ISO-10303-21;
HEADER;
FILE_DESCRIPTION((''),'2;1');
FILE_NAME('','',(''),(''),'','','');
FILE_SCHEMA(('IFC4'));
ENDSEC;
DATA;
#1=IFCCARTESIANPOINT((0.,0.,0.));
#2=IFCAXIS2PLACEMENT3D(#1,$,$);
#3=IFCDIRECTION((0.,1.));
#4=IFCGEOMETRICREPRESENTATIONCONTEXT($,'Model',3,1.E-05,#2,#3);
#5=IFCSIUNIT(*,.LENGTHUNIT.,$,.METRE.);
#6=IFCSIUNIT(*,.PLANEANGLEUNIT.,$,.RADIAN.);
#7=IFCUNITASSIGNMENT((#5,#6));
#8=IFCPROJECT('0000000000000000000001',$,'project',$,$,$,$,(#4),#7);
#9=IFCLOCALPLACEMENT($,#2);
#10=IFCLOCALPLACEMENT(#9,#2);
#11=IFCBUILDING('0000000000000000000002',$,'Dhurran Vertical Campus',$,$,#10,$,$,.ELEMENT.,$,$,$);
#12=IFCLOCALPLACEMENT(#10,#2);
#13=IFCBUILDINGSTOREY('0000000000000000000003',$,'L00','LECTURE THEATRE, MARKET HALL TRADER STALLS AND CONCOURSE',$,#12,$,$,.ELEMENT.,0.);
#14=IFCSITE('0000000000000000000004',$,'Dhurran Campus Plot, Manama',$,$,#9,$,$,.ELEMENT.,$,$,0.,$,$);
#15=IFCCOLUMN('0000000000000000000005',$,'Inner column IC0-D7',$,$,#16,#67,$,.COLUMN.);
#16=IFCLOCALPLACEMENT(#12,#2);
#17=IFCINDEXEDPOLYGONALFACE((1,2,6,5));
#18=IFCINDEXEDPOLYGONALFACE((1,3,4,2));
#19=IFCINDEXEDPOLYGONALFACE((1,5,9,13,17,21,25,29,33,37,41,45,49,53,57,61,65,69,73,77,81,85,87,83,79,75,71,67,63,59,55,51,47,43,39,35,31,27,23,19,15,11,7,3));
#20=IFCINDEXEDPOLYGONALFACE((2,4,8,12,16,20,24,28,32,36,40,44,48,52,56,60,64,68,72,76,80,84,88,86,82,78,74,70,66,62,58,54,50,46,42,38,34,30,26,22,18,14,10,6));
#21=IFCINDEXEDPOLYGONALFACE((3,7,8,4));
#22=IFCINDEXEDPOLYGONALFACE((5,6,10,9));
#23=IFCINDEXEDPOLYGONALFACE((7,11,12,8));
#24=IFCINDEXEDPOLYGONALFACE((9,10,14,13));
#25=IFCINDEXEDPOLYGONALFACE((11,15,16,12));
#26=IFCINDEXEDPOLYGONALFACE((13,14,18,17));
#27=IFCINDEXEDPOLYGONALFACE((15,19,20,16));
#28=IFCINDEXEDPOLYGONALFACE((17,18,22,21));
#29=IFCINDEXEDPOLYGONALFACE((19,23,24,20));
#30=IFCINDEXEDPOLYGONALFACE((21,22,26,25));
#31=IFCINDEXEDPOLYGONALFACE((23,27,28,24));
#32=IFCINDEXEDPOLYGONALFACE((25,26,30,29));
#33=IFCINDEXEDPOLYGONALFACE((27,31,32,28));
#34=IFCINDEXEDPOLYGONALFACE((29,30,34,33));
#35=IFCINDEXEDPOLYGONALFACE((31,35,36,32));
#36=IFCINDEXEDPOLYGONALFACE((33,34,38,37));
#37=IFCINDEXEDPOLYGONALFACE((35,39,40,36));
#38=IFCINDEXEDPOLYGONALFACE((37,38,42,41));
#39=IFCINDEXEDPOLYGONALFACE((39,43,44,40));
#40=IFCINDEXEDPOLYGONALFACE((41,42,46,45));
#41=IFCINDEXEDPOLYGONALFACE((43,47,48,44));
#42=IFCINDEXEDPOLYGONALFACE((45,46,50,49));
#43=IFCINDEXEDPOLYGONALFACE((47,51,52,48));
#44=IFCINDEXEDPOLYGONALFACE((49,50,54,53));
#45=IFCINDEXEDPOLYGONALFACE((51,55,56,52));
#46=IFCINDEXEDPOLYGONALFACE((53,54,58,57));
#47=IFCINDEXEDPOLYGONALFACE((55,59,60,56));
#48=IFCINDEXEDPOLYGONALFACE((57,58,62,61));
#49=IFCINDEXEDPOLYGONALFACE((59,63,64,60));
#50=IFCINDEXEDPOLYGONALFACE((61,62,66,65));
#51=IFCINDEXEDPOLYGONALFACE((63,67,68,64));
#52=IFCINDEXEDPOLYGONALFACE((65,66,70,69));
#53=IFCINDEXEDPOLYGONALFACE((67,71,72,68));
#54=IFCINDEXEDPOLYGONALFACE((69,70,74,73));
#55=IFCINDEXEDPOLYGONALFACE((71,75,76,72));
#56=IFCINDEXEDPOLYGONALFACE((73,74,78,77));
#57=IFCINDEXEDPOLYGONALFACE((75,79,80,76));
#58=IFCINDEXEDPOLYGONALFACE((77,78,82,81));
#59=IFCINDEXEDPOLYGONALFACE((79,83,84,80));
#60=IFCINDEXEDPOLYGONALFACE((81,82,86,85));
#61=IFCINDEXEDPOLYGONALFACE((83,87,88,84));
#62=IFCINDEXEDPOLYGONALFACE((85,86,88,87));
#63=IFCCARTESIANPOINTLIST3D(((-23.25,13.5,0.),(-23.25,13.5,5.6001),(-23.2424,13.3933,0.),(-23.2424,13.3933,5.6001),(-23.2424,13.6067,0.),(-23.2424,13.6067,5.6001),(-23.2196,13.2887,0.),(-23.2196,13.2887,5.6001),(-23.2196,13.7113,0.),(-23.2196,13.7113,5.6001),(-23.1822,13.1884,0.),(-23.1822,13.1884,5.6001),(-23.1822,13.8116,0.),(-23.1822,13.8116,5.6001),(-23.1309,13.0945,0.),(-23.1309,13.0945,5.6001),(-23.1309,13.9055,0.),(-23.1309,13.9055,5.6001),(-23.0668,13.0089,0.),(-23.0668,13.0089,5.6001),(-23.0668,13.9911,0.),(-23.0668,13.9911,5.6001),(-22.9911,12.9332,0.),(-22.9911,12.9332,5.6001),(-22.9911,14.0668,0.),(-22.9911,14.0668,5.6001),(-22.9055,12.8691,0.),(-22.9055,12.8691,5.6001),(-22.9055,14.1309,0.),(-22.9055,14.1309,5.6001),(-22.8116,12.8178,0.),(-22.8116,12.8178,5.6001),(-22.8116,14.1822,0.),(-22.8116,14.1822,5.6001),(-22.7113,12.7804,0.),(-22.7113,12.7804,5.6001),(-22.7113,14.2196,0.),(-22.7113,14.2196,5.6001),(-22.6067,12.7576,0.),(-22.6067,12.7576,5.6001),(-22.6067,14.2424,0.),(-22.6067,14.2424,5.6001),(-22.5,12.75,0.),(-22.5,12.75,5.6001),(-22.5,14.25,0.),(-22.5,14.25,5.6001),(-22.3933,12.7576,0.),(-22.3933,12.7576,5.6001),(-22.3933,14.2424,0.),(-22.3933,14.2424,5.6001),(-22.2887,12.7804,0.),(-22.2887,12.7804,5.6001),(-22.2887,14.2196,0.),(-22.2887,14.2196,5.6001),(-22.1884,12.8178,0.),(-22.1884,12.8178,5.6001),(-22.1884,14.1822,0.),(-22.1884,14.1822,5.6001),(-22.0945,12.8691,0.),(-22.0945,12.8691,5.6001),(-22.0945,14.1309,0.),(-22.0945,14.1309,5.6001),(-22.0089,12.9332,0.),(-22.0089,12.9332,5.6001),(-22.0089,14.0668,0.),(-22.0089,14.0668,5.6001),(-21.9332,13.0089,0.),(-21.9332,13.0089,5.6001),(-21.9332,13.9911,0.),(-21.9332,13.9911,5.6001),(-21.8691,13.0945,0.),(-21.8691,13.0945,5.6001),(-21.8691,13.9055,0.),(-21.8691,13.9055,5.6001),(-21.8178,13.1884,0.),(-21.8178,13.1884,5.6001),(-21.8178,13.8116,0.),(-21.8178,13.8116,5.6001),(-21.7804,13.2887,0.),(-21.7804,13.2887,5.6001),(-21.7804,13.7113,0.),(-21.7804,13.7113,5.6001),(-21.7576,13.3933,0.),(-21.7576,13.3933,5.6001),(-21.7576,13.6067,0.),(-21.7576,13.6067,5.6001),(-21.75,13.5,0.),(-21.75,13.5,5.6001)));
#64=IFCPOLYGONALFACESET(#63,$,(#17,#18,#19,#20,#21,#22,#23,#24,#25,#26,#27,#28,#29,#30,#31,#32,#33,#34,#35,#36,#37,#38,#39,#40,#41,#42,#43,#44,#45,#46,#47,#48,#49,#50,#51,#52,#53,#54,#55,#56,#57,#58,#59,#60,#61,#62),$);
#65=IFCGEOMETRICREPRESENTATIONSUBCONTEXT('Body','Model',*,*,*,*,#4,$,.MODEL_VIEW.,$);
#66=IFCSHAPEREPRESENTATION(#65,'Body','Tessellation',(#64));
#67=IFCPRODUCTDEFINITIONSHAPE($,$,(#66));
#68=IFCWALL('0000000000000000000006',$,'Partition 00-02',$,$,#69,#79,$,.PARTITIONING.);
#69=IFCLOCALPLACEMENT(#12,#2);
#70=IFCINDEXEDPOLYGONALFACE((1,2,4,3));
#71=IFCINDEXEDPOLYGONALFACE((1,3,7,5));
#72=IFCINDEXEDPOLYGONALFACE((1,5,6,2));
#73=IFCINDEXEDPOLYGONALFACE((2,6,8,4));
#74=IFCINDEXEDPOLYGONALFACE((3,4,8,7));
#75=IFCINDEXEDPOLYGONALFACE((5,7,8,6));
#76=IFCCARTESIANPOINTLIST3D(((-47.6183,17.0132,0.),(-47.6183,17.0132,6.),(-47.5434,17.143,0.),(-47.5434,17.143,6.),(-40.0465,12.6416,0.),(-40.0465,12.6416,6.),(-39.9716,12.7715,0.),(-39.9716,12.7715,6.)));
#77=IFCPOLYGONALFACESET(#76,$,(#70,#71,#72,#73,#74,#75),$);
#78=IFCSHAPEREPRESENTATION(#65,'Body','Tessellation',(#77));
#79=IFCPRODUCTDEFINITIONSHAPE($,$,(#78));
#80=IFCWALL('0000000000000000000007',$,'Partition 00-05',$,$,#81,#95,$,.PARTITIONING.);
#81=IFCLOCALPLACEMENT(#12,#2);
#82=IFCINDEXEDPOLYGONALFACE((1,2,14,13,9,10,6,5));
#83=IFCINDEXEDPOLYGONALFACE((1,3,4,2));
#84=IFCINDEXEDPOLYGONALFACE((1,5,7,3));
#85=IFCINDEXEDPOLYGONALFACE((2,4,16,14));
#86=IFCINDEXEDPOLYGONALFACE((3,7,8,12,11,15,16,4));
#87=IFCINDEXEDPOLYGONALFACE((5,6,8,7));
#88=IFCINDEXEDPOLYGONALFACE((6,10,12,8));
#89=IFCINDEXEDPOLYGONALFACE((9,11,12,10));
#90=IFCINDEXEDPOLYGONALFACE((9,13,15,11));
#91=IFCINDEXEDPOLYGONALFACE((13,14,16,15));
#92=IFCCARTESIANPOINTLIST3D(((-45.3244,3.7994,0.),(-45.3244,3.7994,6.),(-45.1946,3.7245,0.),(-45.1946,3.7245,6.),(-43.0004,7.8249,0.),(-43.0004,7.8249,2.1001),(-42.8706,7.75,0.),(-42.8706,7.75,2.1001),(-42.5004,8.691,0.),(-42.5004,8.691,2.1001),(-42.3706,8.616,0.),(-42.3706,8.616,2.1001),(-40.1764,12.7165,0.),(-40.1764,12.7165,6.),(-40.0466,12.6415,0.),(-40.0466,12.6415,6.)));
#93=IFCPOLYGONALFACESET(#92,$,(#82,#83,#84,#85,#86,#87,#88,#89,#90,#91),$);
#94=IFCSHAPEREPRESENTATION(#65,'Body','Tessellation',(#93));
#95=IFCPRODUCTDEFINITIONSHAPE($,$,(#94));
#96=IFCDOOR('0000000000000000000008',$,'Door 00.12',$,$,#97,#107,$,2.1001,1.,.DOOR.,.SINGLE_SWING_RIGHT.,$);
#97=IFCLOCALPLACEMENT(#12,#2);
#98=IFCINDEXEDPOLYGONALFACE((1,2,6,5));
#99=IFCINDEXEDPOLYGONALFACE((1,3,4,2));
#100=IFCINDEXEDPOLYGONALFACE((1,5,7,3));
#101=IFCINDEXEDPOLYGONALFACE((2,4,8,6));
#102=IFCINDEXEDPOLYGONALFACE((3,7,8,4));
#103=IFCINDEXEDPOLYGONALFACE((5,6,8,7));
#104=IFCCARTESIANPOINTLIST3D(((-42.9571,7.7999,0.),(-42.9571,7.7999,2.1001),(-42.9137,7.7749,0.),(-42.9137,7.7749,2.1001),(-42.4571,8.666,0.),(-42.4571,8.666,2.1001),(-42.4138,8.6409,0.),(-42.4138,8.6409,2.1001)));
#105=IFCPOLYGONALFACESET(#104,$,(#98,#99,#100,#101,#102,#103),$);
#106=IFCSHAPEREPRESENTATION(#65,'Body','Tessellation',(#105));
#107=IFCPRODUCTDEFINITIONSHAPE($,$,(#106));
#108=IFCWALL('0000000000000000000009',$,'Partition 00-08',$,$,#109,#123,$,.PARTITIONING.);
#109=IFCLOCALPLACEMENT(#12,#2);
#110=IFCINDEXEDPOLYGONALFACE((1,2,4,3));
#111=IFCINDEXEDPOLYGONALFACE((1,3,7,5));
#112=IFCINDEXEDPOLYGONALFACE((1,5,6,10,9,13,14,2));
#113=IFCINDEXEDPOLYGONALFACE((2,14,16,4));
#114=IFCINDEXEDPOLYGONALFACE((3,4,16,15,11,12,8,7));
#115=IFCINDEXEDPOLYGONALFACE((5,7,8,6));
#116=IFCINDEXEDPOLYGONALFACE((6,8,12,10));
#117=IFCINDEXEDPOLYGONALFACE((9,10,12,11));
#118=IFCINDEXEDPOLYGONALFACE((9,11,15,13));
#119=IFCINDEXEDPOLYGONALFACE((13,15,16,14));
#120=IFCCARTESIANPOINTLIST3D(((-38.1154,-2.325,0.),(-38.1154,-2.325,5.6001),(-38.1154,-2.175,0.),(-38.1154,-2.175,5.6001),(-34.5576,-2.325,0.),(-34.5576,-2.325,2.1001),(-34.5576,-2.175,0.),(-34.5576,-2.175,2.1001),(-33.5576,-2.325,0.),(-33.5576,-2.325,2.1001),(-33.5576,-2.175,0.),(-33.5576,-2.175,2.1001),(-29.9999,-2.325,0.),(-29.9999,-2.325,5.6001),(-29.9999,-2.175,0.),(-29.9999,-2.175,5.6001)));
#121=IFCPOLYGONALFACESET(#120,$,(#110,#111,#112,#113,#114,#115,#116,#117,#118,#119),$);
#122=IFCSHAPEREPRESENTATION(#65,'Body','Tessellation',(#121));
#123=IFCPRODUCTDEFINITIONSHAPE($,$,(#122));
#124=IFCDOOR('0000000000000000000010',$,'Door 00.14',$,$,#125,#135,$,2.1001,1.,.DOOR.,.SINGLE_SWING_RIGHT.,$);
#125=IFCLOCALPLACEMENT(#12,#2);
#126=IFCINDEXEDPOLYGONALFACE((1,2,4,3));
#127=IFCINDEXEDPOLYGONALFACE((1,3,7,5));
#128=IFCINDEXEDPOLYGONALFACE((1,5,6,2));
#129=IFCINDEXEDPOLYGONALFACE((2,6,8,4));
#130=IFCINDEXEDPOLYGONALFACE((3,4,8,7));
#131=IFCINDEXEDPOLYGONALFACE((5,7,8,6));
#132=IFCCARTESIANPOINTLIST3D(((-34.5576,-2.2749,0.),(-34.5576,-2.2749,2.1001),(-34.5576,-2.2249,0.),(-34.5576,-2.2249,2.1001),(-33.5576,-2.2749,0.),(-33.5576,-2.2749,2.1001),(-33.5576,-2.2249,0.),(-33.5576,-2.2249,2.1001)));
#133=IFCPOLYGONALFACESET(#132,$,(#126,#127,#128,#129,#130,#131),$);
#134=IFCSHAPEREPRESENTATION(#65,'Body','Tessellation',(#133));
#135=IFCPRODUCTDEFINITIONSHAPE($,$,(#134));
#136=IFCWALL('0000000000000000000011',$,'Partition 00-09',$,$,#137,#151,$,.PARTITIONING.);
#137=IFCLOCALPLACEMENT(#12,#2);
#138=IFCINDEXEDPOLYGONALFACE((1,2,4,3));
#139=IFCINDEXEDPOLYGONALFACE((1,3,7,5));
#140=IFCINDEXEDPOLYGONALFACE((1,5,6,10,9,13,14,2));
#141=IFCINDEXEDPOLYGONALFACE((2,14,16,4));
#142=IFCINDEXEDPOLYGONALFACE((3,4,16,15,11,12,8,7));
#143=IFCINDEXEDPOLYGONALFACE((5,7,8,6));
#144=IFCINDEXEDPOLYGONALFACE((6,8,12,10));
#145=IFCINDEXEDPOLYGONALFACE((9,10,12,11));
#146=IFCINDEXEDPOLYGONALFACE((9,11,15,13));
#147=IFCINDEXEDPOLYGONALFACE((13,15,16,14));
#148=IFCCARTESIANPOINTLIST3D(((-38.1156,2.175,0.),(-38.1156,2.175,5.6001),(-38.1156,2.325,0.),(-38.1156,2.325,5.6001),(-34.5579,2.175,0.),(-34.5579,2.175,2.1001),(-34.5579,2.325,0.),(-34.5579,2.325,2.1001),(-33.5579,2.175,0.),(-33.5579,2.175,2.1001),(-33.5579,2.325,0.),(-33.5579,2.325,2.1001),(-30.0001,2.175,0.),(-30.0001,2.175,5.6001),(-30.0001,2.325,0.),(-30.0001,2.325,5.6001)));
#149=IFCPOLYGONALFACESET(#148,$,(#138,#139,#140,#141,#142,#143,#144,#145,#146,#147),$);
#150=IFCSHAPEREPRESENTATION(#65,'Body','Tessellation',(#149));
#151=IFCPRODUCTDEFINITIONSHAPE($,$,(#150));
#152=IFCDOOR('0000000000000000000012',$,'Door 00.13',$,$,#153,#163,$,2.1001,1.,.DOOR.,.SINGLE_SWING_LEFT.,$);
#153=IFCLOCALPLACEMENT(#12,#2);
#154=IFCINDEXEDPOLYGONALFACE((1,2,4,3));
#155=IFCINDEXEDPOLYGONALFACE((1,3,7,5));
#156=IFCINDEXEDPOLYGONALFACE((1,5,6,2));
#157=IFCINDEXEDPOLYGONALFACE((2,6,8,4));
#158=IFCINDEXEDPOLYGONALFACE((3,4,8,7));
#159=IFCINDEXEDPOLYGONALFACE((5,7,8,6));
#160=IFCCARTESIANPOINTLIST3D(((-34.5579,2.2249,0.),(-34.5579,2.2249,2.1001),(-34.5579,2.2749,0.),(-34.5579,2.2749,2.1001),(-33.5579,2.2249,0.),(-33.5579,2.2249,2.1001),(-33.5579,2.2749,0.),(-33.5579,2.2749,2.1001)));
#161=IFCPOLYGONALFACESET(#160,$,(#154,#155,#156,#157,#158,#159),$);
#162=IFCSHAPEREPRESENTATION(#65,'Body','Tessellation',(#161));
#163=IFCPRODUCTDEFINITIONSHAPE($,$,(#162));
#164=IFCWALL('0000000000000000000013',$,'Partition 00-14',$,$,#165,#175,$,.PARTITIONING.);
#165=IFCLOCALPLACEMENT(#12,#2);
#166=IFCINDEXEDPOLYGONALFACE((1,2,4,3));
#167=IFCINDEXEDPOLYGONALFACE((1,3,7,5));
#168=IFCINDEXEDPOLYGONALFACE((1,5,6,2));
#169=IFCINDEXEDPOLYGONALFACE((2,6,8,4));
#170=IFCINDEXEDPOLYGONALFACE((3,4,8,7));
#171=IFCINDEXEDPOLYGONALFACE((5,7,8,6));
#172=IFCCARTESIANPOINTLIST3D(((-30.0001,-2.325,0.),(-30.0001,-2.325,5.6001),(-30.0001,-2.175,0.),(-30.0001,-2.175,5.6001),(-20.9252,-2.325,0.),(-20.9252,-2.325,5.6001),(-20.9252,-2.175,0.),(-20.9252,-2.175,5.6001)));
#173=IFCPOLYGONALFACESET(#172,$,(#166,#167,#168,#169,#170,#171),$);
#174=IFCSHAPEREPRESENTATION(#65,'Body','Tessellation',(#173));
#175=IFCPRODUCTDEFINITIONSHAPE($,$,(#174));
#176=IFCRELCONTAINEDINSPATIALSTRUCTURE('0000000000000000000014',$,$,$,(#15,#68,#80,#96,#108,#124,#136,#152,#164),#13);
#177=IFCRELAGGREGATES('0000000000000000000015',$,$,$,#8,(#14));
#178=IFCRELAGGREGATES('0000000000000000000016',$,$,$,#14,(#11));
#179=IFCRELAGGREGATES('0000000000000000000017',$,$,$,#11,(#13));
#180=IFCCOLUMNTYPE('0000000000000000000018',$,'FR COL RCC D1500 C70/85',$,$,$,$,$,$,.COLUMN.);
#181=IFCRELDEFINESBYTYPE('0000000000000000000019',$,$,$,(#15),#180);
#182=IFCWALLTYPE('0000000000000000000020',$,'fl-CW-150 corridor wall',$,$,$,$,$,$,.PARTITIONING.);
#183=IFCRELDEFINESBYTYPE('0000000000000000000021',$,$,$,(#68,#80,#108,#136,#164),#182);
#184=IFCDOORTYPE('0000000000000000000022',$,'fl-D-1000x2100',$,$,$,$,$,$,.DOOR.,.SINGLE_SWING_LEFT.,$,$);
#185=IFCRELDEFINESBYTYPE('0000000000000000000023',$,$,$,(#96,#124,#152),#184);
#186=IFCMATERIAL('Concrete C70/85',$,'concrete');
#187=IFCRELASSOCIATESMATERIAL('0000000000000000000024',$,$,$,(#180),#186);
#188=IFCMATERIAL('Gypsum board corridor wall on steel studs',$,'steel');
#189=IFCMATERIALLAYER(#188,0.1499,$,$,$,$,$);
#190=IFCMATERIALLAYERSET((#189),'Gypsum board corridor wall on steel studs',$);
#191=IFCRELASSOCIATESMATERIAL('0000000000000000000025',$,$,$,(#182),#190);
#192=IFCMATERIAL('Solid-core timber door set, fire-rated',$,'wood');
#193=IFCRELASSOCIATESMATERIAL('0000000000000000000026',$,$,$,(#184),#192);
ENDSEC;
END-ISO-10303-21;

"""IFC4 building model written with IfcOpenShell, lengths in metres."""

from ifc_helpers import new_model, si_unit, direction, frame, frame_2d, origin, origin_2d, place, context, subcontext, project, spatial, rectangle, circle, extrude, material, layer, layer_set, material_profile, profile_set, type_object, element, fill, save


model = new_model("IFC4")

# Units and contexts
model_context = context("Model", 3, precision=1e-05, world=origin(), true_north=direction((0.0, 1.0)))
body_context = subcontext(model_context, "Body", "Model", "MODEL_VIEW")
ifc_project = project(units=[si_unit("LENGTHUNIT", "METRE"), si_unit("PLANEANGLEUNIT", "RADIAN")], contexts=[model_context])

# Site, building, storey
site_placement = place(None, origin())
site = spatial("IfcSite", under=ifc_project, at=site_placement, Name="Dhurran Campus Plot, Manama", CompositionType="ELEMENT", RefElevation=0.0)
building_placement = place(site_placement, origin())
building = spatial("IfcBuilding", under=site, at=building_placement, Name="Dhurran Vertical Campus", CompositionType="ELEMENT")
storey_placement = place(building_placement, origin())
storey = spatial("IfcBuildingStorey", under=building, at=storey_placement, Name="L00", Description="LECTURE THEATRE, MARKET HALL TRADER STALLS AND CONCOURSE", CompositionType="ELEMENT", Elevation=0.0)

# Column
ifc_material_1 = material(Name="Concrete C70/85", Category="concrete")
ifc_material_profile_1 = material_profile(ifc_material_1, circle(Radius=0.75, at=origin_2d()), Name="RCC D1500")
ifc_profile_set_1 = profile_set([ifc_material_profile_1], Name="Concrete C70/85")
column_type_1 = type_object("IfcColumnType", Name="FR COL RCC D1500 C70/85", PredefinedType="COLUMN", material=ifc_profile_set_1)
for number, where, z_axis, x_axis, name in (
    (1, (-22.5, 13.5, 0.0), (0.0, 0.0, 1.0), (1.0, 0.0, 0.0), "Inner column IC0-D7"),
):
    element("IfcColumn", number, at=place(storey_placement, frame(where, z_axis=z_axis, x_axis=x_axis)), inside=storey, type_object=column_type_1, Name=name, PredefinedType="COLUMN", context=body_context, shape_type="SweptSolid", body=[
        extrude(circle(Radius=0.75, at=origin_2d()), origin(), (0.0, 0.0, 1.0), 5.6001),
    ])

# Wall
ifc_material_2 = material(Name="Gypsum board corridor wall on steel studs", Category="steel")
ifc_layer_1 = layer(ifc_material_2, 0.1499)
ifc_layer_set_1 = layer_set([ifc_layer_1], Name="Gypsum board corridor wall on steel studs")
wall_type_1 = type_object("IfcWallType", Name="fl-CW-150 corridor wall", PredefinedType="PARTITIONING", material=ifc_layer_set_1)
wall_1_placement = place(storey_placement, frame((-40.009, 12.7065, 0.0), z_axis=(0.0, 0.0, 1.0), x_axis=(-0.866025, 0.500001, 0.0)))
element("IfcWall", 2, at=wall_1_placement, inside=storey, type_object=wall_type_1, Name="Partition 00-02", PredefinedType="PARTITIONING", context=body_context, shape_type="SweptSolid", body=[
    extrude(rectangle(XDim=8.7432, YDim=0.1499, at=frame_2d((4.3716, 0.0))), origin(), (0.0, 0.0, 1.0), 6.0),
])

# Walls, openings, doors
wall_2_placement = place(storey_placement, frame((-45.2595, 3.762, 0.0), z_axis=(0.0, 0.0, 1.0), x_axis=(0.49998, 0.866037, 0.0)))
wall_2 = element("IfcWall", 3, at=wall_2_placement, inside=storey, type_object=wall_type_1, Name="Partition 00-05", PredefinedType="PARTITIONING", context=body_context, shape_type="SweptSolid", body=[
    extrude(rectangle(XDim=10.2964, YDim=0.1499, at=frame_2d((5.1482, 0.0))), origin(), (0.0, 0.0, 1.0), 6.0),
])
opening_1_placement = place(wall_2_placement, frame((4.6482, 0.0, 0.0)))
opening_1 = element("IfcOpeningElement", 4, at=opening_1_placement, cuts=wall_2, PredefinedType="OPENING", context=body_context, shape_type="SweptSolid", body=[
    extrude(rectangle(XDim=1.0, YDim=2.1001, at=frame_2d((0.5, 1.05))), frame((0.0, 0.085, 0.0), z_axis=(0.0, -1.0, 0.0), x_axis=(1.0, 0.0, 0.0)), (0.0, 0.0, 1.0), 0.1699),
])
ifc_material_3 = material(Name="Solid-core timber door set, fire-rated", Category="wood")
door_type = type_object("IfcDoorType", Name="fl-D-1000x2100", OperationType="SINGLE_SWING_LEFT", PredefinedType="DOOR", material=ifc_material_3)
door_1_placement = place(opening_1_placement, origin())
door_1 = element("IfcDoor", 5, at=door_1_placement, inside=storey, type_object=door_type, Name="Door 00.12", OperationType="SINGLE_SWING_RIGHT", OverallHeight=2.1001, OverallWidth=1.0, PredefinedType="DOOR", context=body_context, shape_type="SweptSolid", body=[
    extrude(rectangle(XDim=1.0, YDim=2.1001, at=frame_2d((0.5, 1.05))), frame((0.0, 0.0249, 0.0), z_axis=(0.0, -1.0, 0.0), x_axis=(1.0, 0.0, 0.0)), (0.0, 0.0, 1.0), 0.05),
])
fill(opening_1, door_1)
wall_3_placement = place(storey_placement, frame((-30.0, -2.25, 0.0), z_axis=(0.0, 0.0, 1.0), x_axis=(-1.0, 0.0, 0.0)))
wall_3 = element("IfcWall", 6, at=wall_3_placement, inside=storey, type_object=wall_type_1, Name="Partition 00-08", PredefinedType="PARTITIONING", context=body_context, shape_type="SweptSolid", body=[
    extrude(rectangle(XDim=8.1155, YDim=0.1499, at=frame_2d((4.0576, 0.0))), origin(), (0.0, 0.0, 1.0), 5.6001),
])
opening_2_placement = place(wall_3_placement, frame((3.5576, 0.0, 0.0)))
opening_2 = element("IfcOpeningElement", 7, at=opening_2_placement, cuts=wall_3, PredefinedType="OPENING", context=body_context, shape_type="SweptSolid", body=[
    extrude(rectangle(XDim=1.0, YDim=2.1001, at=frame_2d((0.5, 1.05))), frame((0.0, 0.085, 0.0), z_axis=(0.0, -1.0, 0.0), x_axis=(1.0, 0.0, 0.0)), (0.0, 0.0, 1.0), 0.1699),
])
door_2_placement = place(opening_2_placement, origin())
door_2 = element("IfcDoor", 8, at=door_2_placement, inside=storey, type_object=door_type, Name="Door 00.14", OperationType="SINGLE_SWING_RIGHT", OverallHeight=2.1001, OverallWidth=1.0, PredefinedType="DOOR", context=body_context, shape_type="SweptSolid", body=[
    extrude(rectangle(XDim=1.0, YDim=2.1001, at=frame_2d((0.5, 1.05))), frame((0.0, 0.0249, 0.0), z_axis=(0.0, -1.0, 0.0), x_axis=(1.0, 0.0, 0.0)), (0.0, 0.0, 1.0), 0.05),
])
fill(opening_2, door_2)
wall_4_placement = place(storey_placement, frame((-38.1155, 2.25, 0.0), z_axis=(0.0, 0.0, 1.0), x_axis=(1.0, 0.0, 0.0)))
wall_4 = element("IfcWall", 9, at=wall_4_placement, inside=storey, type_object=wall_type_1, Name="Partition 00-09", PredefinedType="PARTITIONING", context=body_context, shape_type="SweptSolid", body=[
    extrude(rectangle(XDim=8.1155, YDim=0.1499, at=frame_2d((4.0576, 0.0))), origin(), (0.0, 0.0, 1.0), 5.6001),
])
opening_3_placement = place(wall_4_placement, frame((3.5576, 0.0, 0.0)))
opening_3 = element("IfcOpeningElement", 10, at=opening_3_placement, cuts=wall_4, PredefinedType="OPENING", context=body_context, shape_type="SweptSolid", body=[
    extrude(rectangle(XDim=1.0, YDim=2.1001, at=frame_2d((0.5, 1.05))), frame((0.0, 0.085, 0.0), z_axis=(0.0, -1.0, 0.0), x_axis=(1.0, 0.0, 0.0)), (0.0, 0.0, 1.0), 0.1699),
])
door_3_placement = place(opening_3_placement, origin())
door_3 = element("IfcDoor", 11, at=door_3_placement, inside=storey, type_object=door_type, Name="Door 00.13", OperationType="SINGLE_SWING_LEFT", OverallHeight=2.1001, OverallWidth=1.0, PredefinedType="DOOR", context=body_context, shape_type="SweptSolid", body=[
    extrude(rectangle(XDim=1.0, YDim=2.1001, at=frame_2d((0.5, 1.05))), frame((0.0, 0.0249, 0.0), z_axis=(0.0, -1.0, 0.0), x_axis=(1.0, 0.0, 0.0)), (0.0, 0.0, 1.0), 0.05),
])
fill(opening_3, door_3)

# Wall
for number, where, z_axis, x_axis, name in (
    (12, (-20.925, -2.25, 0.0), (0.0, 0.0, 1.0), (-1.0, 0.0, 0.0), "Partition 00-14"),
):
    element("IfcWall", number, at=place(storey_placement, frame(where, z_axis=z_axis, x_axis=x_axis)), inside=storey, type_object=wall_type_1, Name=name, PredefinedType="PARTITIONING", context=body_context, shape_type="SweptSolid", body=[
        extrude(rectangle(XDim=9.075, YDim=0.1499, at=frame_2d((4.5376, 0.0))), origin(), (0.0, 0.0, 1.0), 5.6001),
    ])

save(model, "model.ifc")
